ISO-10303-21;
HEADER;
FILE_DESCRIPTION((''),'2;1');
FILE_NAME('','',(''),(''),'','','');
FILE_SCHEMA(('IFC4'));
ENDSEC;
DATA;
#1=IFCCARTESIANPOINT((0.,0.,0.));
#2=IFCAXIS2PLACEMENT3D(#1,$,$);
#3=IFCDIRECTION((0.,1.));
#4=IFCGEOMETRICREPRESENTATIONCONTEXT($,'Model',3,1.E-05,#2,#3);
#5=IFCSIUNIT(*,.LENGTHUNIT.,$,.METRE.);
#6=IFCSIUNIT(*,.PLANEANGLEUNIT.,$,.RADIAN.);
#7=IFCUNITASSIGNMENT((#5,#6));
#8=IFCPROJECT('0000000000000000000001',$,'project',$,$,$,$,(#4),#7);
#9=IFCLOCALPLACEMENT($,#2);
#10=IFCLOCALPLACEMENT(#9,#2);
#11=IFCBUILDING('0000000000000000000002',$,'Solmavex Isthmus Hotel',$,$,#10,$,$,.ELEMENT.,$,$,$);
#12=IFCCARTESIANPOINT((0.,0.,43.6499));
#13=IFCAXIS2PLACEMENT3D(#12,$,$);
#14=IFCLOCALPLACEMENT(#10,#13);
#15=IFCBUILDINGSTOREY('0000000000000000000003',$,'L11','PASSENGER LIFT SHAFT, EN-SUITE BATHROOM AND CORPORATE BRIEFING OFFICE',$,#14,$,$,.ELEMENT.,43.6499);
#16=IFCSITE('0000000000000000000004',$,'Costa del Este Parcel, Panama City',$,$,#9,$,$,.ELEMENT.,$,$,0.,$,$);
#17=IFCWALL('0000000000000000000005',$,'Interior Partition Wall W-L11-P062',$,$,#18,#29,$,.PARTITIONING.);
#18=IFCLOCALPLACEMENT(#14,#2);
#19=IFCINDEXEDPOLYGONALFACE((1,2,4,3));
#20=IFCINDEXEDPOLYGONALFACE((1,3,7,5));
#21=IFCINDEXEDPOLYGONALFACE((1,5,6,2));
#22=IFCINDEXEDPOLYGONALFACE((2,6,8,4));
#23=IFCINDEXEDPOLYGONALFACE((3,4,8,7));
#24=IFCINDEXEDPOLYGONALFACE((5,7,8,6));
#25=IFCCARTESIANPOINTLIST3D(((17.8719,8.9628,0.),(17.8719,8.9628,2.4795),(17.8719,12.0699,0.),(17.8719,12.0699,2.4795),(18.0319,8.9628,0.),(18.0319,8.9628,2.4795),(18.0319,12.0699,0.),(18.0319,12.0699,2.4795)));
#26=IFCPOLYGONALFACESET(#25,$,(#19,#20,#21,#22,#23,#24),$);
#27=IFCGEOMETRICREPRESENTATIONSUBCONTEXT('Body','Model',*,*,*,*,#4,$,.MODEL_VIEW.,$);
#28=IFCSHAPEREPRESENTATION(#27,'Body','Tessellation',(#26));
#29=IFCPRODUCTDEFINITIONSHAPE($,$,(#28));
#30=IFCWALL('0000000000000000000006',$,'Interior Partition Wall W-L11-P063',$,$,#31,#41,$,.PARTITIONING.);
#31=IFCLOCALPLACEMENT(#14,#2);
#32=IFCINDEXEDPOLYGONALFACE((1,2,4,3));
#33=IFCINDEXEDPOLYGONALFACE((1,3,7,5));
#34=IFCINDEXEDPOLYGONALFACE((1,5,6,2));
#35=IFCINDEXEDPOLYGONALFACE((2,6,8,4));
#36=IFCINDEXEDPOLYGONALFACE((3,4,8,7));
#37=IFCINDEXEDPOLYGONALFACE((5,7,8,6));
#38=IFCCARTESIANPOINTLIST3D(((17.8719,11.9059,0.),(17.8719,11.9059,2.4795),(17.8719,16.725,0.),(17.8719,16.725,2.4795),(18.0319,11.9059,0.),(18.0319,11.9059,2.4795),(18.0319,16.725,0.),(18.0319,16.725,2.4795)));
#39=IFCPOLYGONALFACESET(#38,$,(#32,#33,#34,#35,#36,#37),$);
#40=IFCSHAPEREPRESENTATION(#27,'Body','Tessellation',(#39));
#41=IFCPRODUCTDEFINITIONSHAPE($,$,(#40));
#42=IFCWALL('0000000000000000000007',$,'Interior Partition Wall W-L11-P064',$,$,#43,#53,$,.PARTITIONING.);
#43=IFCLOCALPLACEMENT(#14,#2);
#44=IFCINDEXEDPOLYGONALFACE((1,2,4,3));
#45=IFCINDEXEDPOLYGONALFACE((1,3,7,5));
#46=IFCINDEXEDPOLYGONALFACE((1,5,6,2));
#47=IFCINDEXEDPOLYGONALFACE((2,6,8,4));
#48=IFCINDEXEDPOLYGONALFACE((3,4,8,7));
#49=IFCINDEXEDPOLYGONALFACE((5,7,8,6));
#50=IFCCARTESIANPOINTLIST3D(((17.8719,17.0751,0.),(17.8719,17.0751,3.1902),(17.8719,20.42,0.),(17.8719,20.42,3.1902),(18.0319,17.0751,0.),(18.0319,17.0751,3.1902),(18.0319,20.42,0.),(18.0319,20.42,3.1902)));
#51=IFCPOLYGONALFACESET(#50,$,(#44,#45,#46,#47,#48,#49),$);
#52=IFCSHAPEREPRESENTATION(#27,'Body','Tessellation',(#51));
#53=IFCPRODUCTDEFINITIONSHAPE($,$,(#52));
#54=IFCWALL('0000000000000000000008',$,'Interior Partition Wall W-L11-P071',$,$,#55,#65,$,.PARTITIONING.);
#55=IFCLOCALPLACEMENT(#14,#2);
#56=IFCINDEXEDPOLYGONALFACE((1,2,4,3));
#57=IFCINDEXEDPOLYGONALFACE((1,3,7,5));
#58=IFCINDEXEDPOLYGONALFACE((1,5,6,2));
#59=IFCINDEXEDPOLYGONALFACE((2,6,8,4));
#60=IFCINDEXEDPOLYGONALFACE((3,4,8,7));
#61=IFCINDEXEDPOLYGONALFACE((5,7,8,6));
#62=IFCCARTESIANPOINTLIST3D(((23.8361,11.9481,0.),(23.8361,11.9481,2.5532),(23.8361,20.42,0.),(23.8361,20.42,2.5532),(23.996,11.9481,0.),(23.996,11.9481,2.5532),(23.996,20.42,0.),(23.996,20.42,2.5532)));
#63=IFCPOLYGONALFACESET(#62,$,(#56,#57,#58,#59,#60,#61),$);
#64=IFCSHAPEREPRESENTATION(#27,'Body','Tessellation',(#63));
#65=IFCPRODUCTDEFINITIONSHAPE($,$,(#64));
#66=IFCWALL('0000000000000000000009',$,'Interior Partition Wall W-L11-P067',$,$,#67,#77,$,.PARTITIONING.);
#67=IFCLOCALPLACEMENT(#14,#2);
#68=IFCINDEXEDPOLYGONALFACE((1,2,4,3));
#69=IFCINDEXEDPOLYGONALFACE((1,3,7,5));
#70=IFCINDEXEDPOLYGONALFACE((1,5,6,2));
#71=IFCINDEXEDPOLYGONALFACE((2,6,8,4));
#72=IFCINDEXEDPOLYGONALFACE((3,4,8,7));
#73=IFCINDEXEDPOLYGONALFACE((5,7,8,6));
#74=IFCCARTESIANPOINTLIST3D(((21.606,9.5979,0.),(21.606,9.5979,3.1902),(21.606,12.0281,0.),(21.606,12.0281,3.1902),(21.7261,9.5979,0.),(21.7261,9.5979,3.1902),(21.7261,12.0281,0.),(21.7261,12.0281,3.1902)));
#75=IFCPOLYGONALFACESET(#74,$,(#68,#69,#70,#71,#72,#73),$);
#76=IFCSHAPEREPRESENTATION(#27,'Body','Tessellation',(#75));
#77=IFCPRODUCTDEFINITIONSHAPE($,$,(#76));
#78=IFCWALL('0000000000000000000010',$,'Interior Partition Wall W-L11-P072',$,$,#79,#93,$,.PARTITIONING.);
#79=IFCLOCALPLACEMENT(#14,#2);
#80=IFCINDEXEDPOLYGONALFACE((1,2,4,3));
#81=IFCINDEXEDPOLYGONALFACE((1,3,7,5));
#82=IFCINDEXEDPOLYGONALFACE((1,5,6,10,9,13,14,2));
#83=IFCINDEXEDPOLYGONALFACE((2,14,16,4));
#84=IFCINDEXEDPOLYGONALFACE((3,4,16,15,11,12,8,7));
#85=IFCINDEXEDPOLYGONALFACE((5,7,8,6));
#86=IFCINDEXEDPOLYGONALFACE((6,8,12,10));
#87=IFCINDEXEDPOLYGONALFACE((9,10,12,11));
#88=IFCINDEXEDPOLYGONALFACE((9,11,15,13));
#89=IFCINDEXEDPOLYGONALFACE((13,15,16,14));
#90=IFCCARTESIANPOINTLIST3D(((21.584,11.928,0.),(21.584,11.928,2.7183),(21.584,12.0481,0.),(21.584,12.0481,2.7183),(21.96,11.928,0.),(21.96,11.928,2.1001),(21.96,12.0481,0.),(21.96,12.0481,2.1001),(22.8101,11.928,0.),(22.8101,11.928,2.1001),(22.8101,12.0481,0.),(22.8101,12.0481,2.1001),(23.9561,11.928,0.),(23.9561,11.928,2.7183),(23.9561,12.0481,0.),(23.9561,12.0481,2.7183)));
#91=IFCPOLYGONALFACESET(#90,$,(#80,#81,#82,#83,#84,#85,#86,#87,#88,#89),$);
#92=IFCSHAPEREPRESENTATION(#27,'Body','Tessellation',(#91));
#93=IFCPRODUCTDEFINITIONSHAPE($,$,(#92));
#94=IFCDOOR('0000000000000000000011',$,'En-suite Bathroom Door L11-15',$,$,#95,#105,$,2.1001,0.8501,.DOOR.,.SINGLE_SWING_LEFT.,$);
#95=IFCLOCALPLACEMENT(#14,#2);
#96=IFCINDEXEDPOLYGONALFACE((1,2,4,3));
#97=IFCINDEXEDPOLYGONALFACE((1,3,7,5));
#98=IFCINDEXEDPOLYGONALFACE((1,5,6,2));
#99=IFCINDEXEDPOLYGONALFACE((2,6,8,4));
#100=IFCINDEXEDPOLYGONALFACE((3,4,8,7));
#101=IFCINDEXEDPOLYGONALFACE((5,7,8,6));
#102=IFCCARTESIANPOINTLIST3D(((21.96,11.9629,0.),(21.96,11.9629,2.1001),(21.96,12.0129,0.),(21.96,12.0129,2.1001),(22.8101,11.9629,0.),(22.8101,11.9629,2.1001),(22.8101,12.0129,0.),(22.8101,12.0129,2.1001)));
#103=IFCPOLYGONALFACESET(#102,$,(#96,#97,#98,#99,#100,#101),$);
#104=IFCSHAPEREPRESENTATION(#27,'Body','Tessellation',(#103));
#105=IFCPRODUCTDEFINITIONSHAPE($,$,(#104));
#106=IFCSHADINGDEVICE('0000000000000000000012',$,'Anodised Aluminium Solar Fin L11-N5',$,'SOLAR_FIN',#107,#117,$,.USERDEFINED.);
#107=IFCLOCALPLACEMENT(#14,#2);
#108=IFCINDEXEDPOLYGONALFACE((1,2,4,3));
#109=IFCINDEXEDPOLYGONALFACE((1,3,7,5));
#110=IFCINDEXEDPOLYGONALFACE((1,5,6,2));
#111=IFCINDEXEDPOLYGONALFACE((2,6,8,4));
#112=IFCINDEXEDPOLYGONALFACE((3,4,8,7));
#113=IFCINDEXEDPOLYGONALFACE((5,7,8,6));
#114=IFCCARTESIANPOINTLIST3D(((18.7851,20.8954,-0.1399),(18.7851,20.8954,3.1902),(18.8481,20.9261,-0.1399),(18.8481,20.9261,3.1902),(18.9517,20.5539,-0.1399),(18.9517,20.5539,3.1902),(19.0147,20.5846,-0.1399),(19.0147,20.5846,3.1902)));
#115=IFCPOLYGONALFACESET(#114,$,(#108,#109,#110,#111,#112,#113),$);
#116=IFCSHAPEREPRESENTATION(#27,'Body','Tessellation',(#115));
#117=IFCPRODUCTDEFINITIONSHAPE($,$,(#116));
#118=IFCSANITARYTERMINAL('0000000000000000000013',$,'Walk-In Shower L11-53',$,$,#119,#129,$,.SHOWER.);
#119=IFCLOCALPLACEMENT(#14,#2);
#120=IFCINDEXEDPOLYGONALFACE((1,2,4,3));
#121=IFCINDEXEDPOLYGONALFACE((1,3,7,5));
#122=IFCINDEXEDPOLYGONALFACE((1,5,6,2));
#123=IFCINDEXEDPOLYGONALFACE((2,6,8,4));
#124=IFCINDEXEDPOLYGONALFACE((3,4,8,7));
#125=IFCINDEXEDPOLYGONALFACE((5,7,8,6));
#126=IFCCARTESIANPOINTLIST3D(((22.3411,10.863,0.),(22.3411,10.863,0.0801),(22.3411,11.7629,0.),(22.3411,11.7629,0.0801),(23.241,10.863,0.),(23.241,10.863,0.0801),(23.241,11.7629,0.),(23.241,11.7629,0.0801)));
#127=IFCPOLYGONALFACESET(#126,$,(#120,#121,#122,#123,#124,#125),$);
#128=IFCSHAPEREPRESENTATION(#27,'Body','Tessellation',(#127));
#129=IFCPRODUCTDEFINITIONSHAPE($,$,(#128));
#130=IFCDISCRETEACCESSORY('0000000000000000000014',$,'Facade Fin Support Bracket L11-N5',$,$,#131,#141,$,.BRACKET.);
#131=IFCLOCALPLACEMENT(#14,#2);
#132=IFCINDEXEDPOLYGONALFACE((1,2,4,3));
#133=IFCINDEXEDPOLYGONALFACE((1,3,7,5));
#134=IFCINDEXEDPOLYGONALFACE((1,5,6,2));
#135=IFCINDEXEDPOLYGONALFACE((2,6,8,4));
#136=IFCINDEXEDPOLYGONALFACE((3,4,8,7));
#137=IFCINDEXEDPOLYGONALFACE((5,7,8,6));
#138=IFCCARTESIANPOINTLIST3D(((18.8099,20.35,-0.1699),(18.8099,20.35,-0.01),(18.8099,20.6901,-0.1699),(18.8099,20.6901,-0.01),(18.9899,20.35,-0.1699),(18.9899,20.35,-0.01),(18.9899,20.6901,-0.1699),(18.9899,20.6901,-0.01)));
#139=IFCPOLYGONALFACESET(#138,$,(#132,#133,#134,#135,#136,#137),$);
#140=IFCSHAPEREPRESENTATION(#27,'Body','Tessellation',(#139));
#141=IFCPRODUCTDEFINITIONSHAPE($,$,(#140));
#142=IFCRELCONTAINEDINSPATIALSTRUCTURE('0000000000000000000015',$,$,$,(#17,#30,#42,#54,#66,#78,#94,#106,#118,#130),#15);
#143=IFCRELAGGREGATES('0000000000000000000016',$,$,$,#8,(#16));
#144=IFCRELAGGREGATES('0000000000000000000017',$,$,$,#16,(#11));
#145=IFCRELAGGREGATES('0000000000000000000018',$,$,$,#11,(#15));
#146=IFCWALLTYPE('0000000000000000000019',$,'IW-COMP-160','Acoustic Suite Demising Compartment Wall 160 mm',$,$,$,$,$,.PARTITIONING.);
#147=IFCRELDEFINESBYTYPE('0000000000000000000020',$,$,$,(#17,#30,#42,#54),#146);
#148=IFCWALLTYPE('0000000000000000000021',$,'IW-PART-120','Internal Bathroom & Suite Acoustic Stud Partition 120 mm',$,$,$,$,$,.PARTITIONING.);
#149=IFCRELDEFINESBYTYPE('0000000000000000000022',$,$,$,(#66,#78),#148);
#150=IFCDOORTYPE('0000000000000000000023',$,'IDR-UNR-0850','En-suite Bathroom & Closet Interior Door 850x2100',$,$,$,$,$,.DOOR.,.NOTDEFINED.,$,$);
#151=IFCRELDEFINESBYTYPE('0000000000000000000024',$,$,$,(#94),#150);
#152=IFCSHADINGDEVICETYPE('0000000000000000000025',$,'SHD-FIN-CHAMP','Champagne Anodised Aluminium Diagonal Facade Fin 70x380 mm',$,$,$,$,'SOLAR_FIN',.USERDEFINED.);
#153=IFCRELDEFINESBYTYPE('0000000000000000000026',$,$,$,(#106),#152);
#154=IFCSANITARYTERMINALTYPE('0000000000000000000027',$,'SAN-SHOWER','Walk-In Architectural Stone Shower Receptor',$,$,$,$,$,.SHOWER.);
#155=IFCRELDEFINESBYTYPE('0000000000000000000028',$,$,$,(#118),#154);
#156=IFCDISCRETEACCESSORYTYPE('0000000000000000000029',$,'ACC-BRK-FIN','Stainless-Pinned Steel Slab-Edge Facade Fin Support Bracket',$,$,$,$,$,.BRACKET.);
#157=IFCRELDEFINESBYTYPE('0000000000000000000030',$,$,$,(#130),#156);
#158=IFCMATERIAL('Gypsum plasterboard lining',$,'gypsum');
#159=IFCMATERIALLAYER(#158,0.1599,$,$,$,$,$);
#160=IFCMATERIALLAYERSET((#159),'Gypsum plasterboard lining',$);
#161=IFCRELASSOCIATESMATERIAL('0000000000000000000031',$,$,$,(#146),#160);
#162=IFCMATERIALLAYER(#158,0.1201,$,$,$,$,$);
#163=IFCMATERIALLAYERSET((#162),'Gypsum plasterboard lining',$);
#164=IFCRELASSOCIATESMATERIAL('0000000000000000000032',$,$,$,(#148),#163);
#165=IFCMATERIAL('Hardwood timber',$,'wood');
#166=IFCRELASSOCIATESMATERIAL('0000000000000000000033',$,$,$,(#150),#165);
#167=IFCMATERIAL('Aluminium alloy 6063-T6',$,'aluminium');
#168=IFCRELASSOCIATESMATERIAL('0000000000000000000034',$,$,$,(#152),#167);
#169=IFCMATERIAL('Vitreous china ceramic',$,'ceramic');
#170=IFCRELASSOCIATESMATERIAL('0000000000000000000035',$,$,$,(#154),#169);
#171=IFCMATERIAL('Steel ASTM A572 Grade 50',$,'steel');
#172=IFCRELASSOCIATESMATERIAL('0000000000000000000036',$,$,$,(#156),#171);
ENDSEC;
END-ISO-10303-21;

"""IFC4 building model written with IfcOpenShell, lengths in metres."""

from ifc_helpers import new_model, si_unit, direction, frame, frame_2d, origin, origin_2d, place, context, subcontext, project, spatial, rectangle, extrude, material, layer, layer_set, type_object, element, fill, save


model = new_model("IFC4")

# Units and contexts
model_context = context("Model", 3, precision=1e-05, world=origin(), true_north=direction((0.0, 1.0)))
body_context = subcontext(model_context, "Body", "Model", "MODEL_VIEW")
ifc_project = project(units=[si_unit("LENGTHUNIT", "METRE"), si_unit("PLANEANGLEUNIT", "RADIAN")], contexts=[model_context])

# Site, building, storey
site_placement = place(None, origin())
site = spatial("IfcSite", under=ifc_project, at=site_placement, Name="Costa del Este Parcel, Panama City", CompositionType="ELEMENT", RefElevation=0.0)
building_placement = place(site_placement, origin())
building = spatial("IfcBuilding", under=site, at=building_placement, Name="Solmavex Isthmus Hotel", CompositionType="ELEMENT")
storey_placement = place(building_placement, frame((0.0, 0.0, 43.6499)))
storey = spatial("IfcBuildingStorey", under=building, at=storey_placement, Name="L11", Description="PASSENGER LIFT SHAFT, EN-SUITE BATHROOM AND CORPORATE BRIEFING OFFICE", CompositionType="ELEMENT", Elevation=43.6499)

# Shared definitions
ifc_material_1 = material(Name="Aluminium alloy 6063-T6", Category="aluminium")

# Walls
ifc_material_2 = material(Name="Gypsum plasterboard lining", Category="gypsum")
ifc_layer_1 = layer(ifc_material_2, 0.1599)
ifc_layer_set_1 = layer_set([ifc_layer_1], Name="Gypsum plasterboard lining")
wall_type_1 = type_object("IfcWallType", Name="IW-COMP-160", Description="Acoustic Suite Demising Compartment Wall 160 mm", PredefinedType="PARTITIONING", material=ifc_layer_set_1)
wall_1_placement = place(storey_placement, frame((17.9519, 12.0701, 0.0), z_axis=(0.0, 0.0, 1.0), x_axis=(0.0, -1.0, 0.0)))
element("IfcWall", 1, at=wall_1_placement, inside=storey, type_object=wall_type_1, Name="Interior Partition Wall W-L11-P062", PredefinedType="PARTITIONING", context=body_context, shape_type="SweptSolid", body=[
    extrude(rectangle(XDim=3.1072, YDim=0.1599, at=frame_2d((1.5537, 0.0))), origin(), (0.0, 0.0, 1.0), 2.4795),
])
wall_2_placement = place(storey_placement, frame((17.9519, 16.7251, 0.0), z_axis=(0.0, 0.0, 1.0), x_axis=(0.0, -1.0, 0.0)))
element("IfcWall", 2, at=wall_2_placement, inside=storey, type_object=wall_type_1, Name="Interior Partition Wall W-L11-P063", PredefinedType="PARTITIONING", context=body_context, shape_type="SweptSolid", body=[
    extrude(rectangle(XDim=4.8191, YDim=0.1599, at=frame_2d((2.4097, 0.0))), origin(), (0.0, 0.0, 1.0), 2.4795),
])
wall_3_placement = place(storey_placement, frame((17.9519, 20.4199, 0.0), z_axis=(0.0, 0.0, 1.0), x_axis=(0.0, -1.0, 0.0)))
element("IfcWall", 3, at=wall_3_placement, inside=storey, type_object=wall_type_1, Name="Interior Partition Wall W-L11-P064", PredefinedType="PARTITIONING", context=body_context, shape_type="SweptSolid", body=[
    extrude(rectangle(XDim=3.345, YDim=0.1599, at=frame_2d((1.6724, 0.0))), origin(), (0.0, 0.0, 1.0), 3.1902),
])

# Shared definitions
ifc_material_3 = material(Name="Hardwood timber", Category="wood")

# Walls
wall_4_placement = place(storey_placement, frame((23.916, 20.4199, 0.0), z_axis=(0.0, 0.0, 1.0), x_axis=(0.0, -1.0, 0.0)))
element("IfcWall", 4, at=wall_4_placement, inside=storey, type_object=wall_type_1, Name="Interior Partition Wall W-L11-P071", PredefinedType="PARTITIONING", context=body_context, shape_type="SweptSolid", body=[
    extrude(rectangle(XDim=8.4719, YDim=0.1599, at=frame_2d((4.2358, 0.0))), origin(), (0.0, 0.0, 1.0), 2.5532),
])
ifc_layer_2 = layer(ifc_material_2, 0.1201)
ifc_layer_set_2 = layer_set([ifc_layer_2], Name="Gypsum plasterboard lining")
wall_type_2 = type_object("IfcWallType", Name="IW-PART-120", Description="Internal Bathroom & Suite Acoustic Stud Partition 120 mm", PredefinedType="PARTITIONING", material=ifc_layer_set_2)
wall_5_placement = place(storey_placement, frame((21.666, 12.0281, 0.0), z_axis=(0.0, 0.0, 1.0), x_axis=(0.0, -1.0, 0.0)))
element("IfcWall", 5, at=wall_5_placement, inside=storey, type_object=wall_type_2, Name="Interior Partition Wall W-L11-P067", PredefinedType="PARTITIONING", context=body_context, shape_type="SweptSolid", body=[
    extrude(rectangle(XDim=2.4302, YDim=0.1201, at=frame_2d((1.2151, 0.0))), origin(), (0.0, 0.0, 1.0), 3.1902),
])

# Wall, opening, door
wall_6_placement = place(storey_placement, frame((23.9561, 11.988, 0.0), z_axis=(0.0, 0.0, 1.0), x_axis=(-1.0, 0.0, 0.0)))
wall_6 = element("IfcWall", 6, at=wall_6_placement, inside=storey, type_object=wall_type_2, Name="Interior Partition Wall W-L11-P072", PredefinedType="PARTITIONING", context=body_context, shape_type="SweptSolid", body=[
    extrude(rectangle(XDim=2.3721, YDim=0.1201, at=frame_2d((1.186, 0.0))), origin(), (0.0, 0.0, 1.0), 2.7183),
])
opening_1_placement = place(wall_6_placement, frame((1.146, 0.0, 0.0)))
opening_1 = element("IfcOpeningElement", 7, at=opening_1_placement, cuts=wall_6, PredefinedType="OPENING", context=body_context, shape_type="SweptSolid", body=[
    extrude(rectangle(XDim=0.8501, YDim=2.1001, at=frame_2d((0.425, 1.05))), frame((0.0, 0.0701, 0.0), z_axis=(0.0, -1.0, 0.0), x_axis=(1.0, 0.0, 0.0)), (0.0, 0.0, 1.0), 0.1401),
])
door_type_1 = type_object("IfcDoorType", Name="IDR-UNR-0850", Description="En-suite Bathroom & Closet Interior Door 850x2100", OperationType="NOTDEFINED", PredefinedType="DOOR", material=ifc_material_3)
door_1_placement = place(opening_1_placement, frame((0.8501, 0.0, 0.0), z_axis=(0.0, 0.0, 1.0), x_axis=(-1.0, 0.0, 0.0)))
door_1 = element("IfcDoor", 8, at=door_1_placement, inside=storey, type_object=door_type_1, Name="En-suite Bathroom Door L11-15", OperationType="SINGLE_SWING_LEFT", OverallHeight=2.1001, OverallWidth=0.8501, PredefinedType="DOOR", context=body_context, shape_type="SweptSolid", body=[
    extrude(rectangle(XDim=0.8501, YDim=2.1001, at=frame_2d((0.425, 1.05))), frame((0.0, 0.0249, 0.0), z_axis=(0.0, -1.0, 0.0), x_axis=(1.0, 0.0, 0.0)), (0.0, 0.0, 1.0), 0.05),
])
fill(opening_1, door_1)

# Shading device
shading_device_type = type_object("IfcShadingDeviceType", Name="SHD-FIN-CHAMP", Description="Champagne Anodised Aluminium Diagonal Facade Fin 70x380 mm", ElementType="SOLAR_FIN", PredefinedType="USERDEFINED", material=ifc_material_1)
shading_device_placement = place(storey_placement, frame((18.8999, 20.74, -0.1399), z_axis=(0.0, 0.0, 1.0), x_axis=(-0.438371, 0.898794, 0.0)))
element("IfcShadingDevice", 9, at=shading_device_placement, inside=storey, type_object=shading_device_type, Name="Anodised Aluminium Solar Fin L11-N5", ObjectType="SOLAR_FIN", PredefinedType="USERDEFINED", context=body_context, shape_type="SweptSolid", body=[
    extrude(rectangle(XDim=0.3799, YDim=0.0701, at=origin_2d()), origin(), (0.0, 0.0, 1.0), 3.3301),
])

# Sanitary terminal
ifc_material_4 = material(Name="Vitreous china ceramic", Category="ceramic")
sanitary_terminal_type = type_object("IfcSanitaryTerminalType", Name="SAN-SHOWER", Description="Walk-In Architectural Stone Shower Receptor", PredefinedType="SHOWER", material=ifc_material_4)
sanitary_terminal_placement = place(storey_placement, frame((22.791, 11.313, 0.0), z_axis=(0.0, 0.0, 1.0), x_axis=(1.0, 0.0, 0.0)))
element("IfcSanitaryTerminal", 10, at=sanitary_terminal_placement, inside=storey, type_object=sanitary_terminal_type, Name="Walk-In Shower L11-53", PredefinedType="SHOWER", context=body_context, shape_type="SweptSolid", body=[
    extrude(rectangle(XDim=0.8999, YDim=0.8999, at=origin_2d()), origin(), (0.0, 0.0, 1.0), 0.0801),
])

# Discrete accessory
ifc_material_5 = material(Name="Steel ASTM A572 Grade 50", Category="steel")
discrete_accessory_type = type_object("IfcDiscreteAccessoryType", Name="ACC-BRK-FIN", Description="Stainless-Pinned Steel Slab-Edge Facade Fin Support Bracket", PredefinedType="BRACKET", material=ifc_material_5)
discrete_accessory_placement = place(storey_placement, frame((18.8999, 20.52, -0.1699), z_axis=(0.0, 0.0, 1.0), x_axis=(0.0, 1.0, 0.0)))
element("IfcDiscreteAccessory", 11, at=discrete_accessory_placement, inside=storey, type_object=discrete_accessory_type, Name="Facade Fin Support Bracket L11-N5", PredefinedType="BRACKET", context=body_context, shape_type="SweptSolid", body=[
    extrude(rectangle(XDim=0.3401, YDim=0.1799, at=origin_2d()), origin(), (0.0, 0.0, 1.0), 0.1599),
])

save(model, "model.ifc")
